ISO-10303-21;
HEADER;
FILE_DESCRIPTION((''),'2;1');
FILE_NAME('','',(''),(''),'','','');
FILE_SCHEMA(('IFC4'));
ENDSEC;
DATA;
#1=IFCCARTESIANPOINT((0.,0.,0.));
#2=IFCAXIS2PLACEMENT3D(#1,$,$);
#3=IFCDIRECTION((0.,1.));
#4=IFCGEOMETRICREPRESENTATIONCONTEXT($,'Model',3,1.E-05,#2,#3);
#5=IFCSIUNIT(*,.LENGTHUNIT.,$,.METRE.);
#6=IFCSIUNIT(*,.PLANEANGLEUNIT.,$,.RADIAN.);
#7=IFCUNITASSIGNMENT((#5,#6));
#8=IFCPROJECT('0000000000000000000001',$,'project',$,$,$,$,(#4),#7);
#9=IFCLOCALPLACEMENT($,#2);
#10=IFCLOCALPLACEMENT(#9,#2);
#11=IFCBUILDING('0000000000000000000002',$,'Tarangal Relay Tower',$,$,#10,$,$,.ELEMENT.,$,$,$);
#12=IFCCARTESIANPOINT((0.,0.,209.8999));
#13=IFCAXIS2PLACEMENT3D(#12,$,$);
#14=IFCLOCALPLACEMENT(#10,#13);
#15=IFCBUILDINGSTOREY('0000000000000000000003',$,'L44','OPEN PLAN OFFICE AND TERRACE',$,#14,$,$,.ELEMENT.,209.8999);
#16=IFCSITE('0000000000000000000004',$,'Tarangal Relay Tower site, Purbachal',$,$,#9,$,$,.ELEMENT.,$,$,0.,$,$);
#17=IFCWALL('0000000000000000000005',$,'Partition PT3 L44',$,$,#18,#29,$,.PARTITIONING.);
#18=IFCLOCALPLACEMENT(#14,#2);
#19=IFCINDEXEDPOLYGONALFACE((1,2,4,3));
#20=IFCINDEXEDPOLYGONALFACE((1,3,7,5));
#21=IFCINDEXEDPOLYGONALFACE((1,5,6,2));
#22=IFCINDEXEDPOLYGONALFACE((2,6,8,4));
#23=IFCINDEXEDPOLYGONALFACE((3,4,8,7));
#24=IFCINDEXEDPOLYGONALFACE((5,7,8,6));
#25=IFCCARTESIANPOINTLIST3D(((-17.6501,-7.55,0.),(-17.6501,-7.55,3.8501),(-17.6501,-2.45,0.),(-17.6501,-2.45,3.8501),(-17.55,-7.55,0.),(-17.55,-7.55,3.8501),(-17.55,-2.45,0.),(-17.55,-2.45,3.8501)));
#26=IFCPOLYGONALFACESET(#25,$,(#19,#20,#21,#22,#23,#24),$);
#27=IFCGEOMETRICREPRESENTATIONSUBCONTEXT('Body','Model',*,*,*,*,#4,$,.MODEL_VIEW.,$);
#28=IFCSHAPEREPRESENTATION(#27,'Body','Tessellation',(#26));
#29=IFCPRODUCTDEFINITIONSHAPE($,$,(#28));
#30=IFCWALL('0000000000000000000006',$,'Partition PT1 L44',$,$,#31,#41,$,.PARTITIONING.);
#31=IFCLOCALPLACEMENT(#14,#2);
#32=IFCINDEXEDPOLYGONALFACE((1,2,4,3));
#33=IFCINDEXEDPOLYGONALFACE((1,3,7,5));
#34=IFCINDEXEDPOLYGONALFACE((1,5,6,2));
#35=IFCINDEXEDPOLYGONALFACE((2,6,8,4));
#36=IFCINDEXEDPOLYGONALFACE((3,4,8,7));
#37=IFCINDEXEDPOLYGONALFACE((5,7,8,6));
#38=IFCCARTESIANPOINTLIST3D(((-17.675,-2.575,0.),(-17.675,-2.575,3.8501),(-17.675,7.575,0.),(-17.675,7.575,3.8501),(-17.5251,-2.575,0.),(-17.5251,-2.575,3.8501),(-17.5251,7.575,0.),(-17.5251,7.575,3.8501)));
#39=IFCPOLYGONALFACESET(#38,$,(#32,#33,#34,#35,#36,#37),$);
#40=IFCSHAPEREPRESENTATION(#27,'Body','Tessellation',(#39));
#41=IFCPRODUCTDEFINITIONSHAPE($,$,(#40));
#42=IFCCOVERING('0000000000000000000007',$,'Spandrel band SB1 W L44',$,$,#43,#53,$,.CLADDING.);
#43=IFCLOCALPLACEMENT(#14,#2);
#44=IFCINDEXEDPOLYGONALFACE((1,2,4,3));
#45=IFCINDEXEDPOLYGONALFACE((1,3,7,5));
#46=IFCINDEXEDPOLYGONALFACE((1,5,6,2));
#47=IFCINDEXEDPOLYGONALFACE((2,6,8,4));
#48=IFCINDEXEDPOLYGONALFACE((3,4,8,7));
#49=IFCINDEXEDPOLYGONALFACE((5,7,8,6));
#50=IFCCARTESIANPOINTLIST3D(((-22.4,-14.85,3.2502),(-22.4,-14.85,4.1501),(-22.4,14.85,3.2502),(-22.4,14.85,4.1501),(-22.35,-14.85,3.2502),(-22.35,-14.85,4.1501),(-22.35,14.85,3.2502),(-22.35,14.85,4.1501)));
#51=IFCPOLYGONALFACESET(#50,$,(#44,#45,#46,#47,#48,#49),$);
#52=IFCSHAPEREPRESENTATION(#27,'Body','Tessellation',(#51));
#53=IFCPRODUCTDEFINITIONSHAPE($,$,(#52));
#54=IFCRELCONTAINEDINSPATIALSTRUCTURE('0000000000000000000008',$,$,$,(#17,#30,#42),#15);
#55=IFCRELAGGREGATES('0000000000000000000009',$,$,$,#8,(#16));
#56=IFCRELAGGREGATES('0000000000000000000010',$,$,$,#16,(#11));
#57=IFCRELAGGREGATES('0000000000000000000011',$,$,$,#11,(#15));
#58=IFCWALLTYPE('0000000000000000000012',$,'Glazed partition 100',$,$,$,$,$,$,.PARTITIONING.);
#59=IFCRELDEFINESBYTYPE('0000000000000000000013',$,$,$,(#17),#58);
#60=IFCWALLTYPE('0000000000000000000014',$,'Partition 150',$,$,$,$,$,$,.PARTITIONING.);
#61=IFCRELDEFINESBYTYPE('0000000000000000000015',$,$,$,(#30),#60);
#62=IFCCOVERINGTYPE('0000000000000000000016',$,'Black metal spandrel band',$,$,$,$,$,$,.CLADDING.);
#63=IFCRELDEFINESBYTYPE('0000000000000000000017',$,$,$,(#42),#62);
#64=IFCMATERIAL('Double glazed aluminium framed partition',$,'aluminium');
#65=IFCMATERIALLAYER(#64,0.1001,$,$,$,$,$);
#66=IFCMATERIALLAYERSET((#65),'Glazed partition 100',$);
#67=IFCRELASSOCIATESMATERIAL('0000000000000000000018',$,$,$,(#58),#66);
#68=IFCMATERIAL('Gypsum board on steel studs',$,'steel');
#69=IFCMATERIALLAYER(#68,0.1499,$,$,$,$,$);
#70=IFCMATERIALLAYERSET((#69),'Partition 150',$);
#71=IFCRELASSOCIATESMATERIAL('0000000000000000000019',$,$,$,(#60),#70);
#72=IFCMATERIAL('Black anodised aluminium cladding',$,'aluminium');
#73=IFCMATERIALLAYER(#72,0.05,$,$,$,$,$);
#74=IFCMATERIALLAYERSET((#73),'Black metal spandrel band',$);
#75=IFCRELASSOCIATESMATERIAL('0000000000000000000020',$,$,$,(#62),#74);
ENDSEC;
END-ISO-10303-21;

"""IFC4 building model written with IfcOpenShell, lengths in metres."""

from ifc_helpers import new_model, si_unit, direction, frame, frame_2d, origin, origin_2d, place, context, subcontext, project, spatial, rectangle, extrude, material, layer, layer_set, type_object, element, save


model = new_model("IFC4")

# Units and contexts
model_context = context("Model", 3, precision=1e-05, world=origin(), true_north=direction((0.0, 1.0)))
body_context = subcontext(model_context, "Body", "Model", "MODEL_VIEW")
ifc_project = project(units=[si_unit("LENGTHUNIT", "METRE"), si_unit("PLANEANGLEUNIT", "RADIAN")], contexts=[model_context])

# Site, building, storey
site_placement = place(None, origin())
site = spatial("IfcSite", under=ifc_project, at=site_placement, Name="Tarangal Relay Tower site, Purbachal", CompositionType="ELEMENT", RefElevation=0.0)
building_placement = place(site_placement, origin())
building = spatial("IfcBuilding", under=site, at=building_placement, Name="Tarangal Relay Tower", CompositionType="ELEMENT")
storey_placement = place(building_placement, frame((0.0, 0.0, 209.8999)))
storey = spatial("IfcBuildingStorey", under=building, at=storey_placement, Name="L44", Description="OPEN PLAN OFFICE AND TERRACE", CompositionType="ELEMENT", Elevation=209.8999)

# Shared definitions
ifc_material_1 = material(Name="Double glazed aluminium framed partition", Category="aluminium")
ifc_layer_1 = layer(ifc_material_1, 0.1001)
ifc_layer_set_1 = layer_set([ifc_layer_1], Name="Glazed partition 100")
wall_type_1 = type_object("IfcWallType", Name="Glazed partition 100", PredefinedType="PARTITIONING", material=ifc_layer_set_1)

# Walls
wall_1_placement = place(storey_placement, frame((-17.6001, -7.55, 0.0), z_axis=(0.0, 0.0, 1.0), x_axis=(0.0, 1.0, 0.0)))
element("IfcWall", 1, at=wall_1_placement, inside=storey, type_object=wall_type_1, Name="Partition PT3 L44", PredefinedType="PARTITIONING", context=body_context, shape_type="SweptSolid", body=[
    extrude(rectangle(XDim=5.1001, YDim=0.1001, at=frame_2d((2.55, 0.0))), origin(), (0.0, 0.0, 1.0), 3.8501),
])
ifc_material_2 = material(Name="Gypsum board on steel studs", Category="steel")
ifc_layer_2 = layer(ifc_material_2, 0.1499)
ifc_layer_set_2 = layer_set([ifc_layer_2], Name="Partition 150")
wall_type_2 = type_object("IfcWallType", Name="Partition 150", PredefinedType="PARTITIONING", material=ifc_layer_set_2)
wall_2_placement = place(storey_placement, frame((-17.6001, -2.575, 0.0), z_axis=(0.0, 0.0, 1.0), x_axis=(0.0, 1.0, 0.0)))
element("IfcWall", 2, at=wall_2_placement, inside=storey, type_object=wall_type_2, Name="Partition PT1 L44", PredefinedType="PARTITIONING", context=body_context, shape_type="SweptSolid", body=[
    extrude(rectangle(XDim=10.1499, YDim=0.1499, at=frame_2d((5.075, 0.0))), origin(), (0.0, 0.0, 1.0), 3.8501),
])

# Covering
ifc_material_3 = material(Name="Black anodised aluminium cladding", Category="aluminium")
ifc_layer_3 = layer(ifc_material_3, 0.05)
ifc_layer_set_3 = layer_set([ifc_layer_3], Name="Black metal spandrel band")
covering_type = type_object("IfcCoveringType", Name="Black metal spandrel band", PredefinedType="CLADDING", material=ifc_layer_set_3)
covering_placement = place(storey_placement, frame((-22.375, 0.0, 3.2502), z_axis=(0.0, 0.0, 1.0), x_axis=(0.0, 1.0, 0.0)))
element("IfcCovering", 3, at=covering_placement, inside=storey, type_object=covering_type, Name="Spandrel band SB1 W L44", PredefinedType="CLADDING", context=body_context, shape_type="SweptSolid", body=[
    extrude(rectangle(XDim=29.7, YDim=0.05, at=origin_2d()), origin(), (0.0, 0.0, 1.0), 0.8999),
])

save(model, "model.ifc")
